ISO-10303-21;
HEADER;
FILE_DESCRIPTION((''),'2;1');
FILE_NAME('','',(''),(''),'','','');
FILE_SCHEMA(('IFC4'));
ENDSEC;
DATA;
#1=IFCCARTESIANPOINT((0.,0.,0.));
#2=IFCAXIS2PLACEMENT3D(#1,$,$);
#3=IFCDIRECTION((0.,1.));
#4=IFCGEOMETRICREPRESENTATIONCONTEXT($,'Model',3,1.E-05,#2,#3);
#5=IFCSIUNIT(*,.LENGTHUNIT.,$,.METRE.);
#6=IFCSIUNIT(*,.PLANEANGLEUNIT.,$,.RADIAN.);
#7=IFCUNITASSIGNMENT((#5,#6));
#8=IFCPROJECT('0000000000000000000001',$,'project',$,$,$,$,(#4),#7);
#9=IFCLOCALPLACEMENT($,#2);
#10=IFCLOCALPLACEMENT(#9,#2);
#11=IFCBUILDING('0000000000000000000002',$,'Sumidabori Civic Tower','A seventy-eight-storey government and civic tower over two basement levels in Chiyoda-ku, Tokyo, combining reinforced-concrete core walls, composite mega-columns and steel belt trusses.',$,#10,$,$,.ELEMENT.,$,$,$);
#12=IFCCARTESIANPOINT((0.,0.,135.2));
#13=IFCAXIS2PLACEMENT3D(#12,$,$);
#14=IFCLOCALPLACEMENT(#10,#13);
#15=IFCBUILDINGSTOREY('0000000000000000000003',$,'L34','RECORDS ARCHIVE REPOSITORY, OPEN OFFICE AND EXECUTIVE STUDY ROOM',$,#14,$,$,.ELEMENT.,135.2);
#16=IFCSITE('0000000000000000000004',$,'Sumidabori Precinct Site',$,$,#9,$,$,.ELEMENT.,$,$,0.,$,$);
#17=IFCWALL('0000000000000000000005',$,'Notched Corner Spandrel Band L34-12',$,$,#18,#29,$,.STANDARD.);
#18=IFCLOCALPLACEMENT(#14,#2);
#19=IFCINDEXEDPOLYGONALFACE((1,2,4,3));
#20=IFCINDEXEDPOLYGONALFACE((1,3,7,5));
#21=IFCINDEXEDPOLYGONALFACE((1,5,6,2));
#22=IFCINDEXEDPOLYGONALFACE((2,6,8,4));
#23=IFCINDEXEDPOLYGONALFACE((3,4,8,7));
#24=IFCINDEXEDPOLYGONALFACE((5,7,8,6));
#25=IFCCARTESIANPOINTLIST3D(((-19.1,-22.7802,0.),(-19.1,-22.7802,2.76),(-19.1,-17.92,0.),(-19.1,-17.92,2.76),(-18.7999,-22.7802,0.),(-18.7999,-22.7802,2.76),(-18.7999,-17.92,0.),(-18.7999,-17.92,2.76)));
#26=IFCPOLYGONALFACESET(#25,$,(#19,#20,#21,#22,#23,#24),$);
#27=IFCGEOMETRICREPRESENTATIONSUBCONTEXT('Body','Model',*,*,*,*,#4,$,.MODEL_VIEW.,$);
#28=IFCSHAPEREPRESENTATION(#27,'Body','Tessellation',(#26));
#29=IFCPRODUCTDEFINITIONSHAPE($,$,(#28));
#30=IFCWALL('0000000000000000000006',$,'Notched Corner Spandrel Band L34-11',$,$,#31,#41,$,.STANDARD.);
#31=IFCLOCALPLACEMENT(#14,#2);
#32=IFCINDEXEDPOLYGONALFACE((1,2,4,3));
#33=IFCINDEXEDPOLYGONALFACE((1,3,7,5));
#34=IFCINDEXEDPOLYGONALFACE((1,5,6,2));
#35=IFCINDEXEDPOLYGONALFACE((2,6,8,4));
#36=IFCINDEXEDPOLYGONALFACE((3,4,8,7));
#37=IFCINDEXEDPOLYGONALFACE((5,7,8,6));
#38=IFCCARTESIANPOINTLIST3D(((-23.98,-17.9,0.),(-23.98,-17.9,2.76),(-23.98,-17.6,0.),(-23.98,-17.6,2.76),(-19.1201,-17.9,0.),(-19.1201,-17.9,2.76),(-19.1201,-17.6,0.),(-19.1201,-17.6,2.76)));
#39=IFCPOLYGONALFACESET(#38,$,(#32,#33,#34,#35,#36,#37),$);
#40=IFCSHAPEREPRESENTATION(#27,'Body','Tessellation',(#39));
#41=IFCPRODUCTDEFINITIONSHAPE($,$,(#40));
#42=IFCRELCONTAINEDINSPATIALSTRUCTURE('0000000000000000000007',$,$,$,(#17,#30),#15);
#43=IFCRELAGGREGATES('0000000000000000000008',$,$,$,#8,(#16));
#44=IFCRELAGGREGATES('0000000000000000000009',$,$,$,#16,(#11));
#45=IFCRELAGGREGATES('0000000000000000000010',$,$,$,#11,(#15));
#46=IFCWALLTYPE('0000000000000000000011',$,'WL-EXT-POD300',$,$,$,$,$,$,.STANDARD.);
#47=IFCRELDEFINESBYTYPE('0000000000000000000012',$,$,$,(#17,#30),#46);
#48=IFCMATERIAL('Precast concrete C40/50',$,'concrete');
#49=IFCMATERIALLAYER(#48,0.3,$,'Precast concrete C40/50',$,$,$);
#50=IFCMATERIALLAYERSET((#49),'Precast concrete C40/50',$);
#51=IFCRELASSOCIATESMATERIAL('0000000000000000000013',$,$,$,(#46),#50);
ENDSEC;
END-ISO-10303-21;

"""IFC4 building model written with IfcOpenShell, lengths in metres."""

from ifc_helpers import new_model, si_unit, direction, frame, frame_2d, origin, place, context, subcontext, project, spatial, rectangle, extrude, source, transform, mapped, material, layer, layer_set, type_object, element, save


model = new_model("IFC4")

# Units and contexts
model_context = context("Model", 3, precision=1e-05, world=origin(), true_north=direction((0.0, 1.0)))
body_context = subcontext(model_context, "Body", "Model", "MODEL_VIEW")
ifc_project = project(units=[si_unit("LENGTHUNIT", "METRE"), si_unit("PLANEANGLEUNIT", "RADIAN")], contexts=[model_context])

# Site, building, storey
site_placement = place(None, origin())
site = spatial("IfcSite", under=ifc_project, at=site_placement, Name="Sumidabori Precinct Site", CompositionType="ELEMENT", RefElevation=0.0)
building_placement = place(site_placement, origin())
building = spatial("IfcBuilding", under=site, at=building_placement, Name="Sumidabori Civic Tower", Description="A seventy-eight-storey government and civic tower over two basement levels in Chiyoda-ku, Tokyo, combining reinforced-concrete core walls, composite mega-columns and steel belt trusses.", CompositionType="ELEMENT")
storey_placement = place(building_placement, frame((0.0, 0.0, 135.2)))
storey = spatial("IfcBuildingStorey", under=building, at=storey_placement, Name="L34", Description="RECORDS ARCHIVE REPOSITORY, OPEN OFFICE AND EXECUTIVE STUDY ROOM", CompositionType="ELEMENT", Elevation=135.2)

# Walls
ifc_material_1 = material(Name="Precast concrete C40/50", Category="concrete")
ifc_layer_1 = layer(ifc_material_1, 0.3, Name="Precast concrete C40/50")
ifc_layer_set_1 = layer_set([ifc_layer_1], Name="Precast concrete C40/50")
wall_type = type_object("IfcWallType", Name="WL-EXT-POD300", PredefinedType="STANDARD", material=ifc_layer_set_1)
shared_shape_1 = source(origin(), body_context, "Body", "SweptSolid", [
    extrude(rectangle(XDim=4.8601, YDim=0.3, at=frame_2d((2.4302, 0.0))), origin(), (0.0, 0.0, 1.0), 2.76),
])
wall_1_placement = place(storey_placement, frame((-18.95, -17.9199, 0.0), z_axis=(0.0, 0.0, 1.0), x_axis=(0.0, -1.0, 0.0)))
element("IfcWall", 1, at=wall_1_placement, inside=storey, type_object=wall_type, Name="Notched Corner Spandrel Band L34-12", PredefinedType="STANDARD", context=body_context, shape_type="MappedRepresentation", body=[
    mapped(shared_shape_1, transform((0.0, 0.0, 0.0), x_axis=(1.0, 0.0, 0.0), y_axis=(0.0, 1.0, 0.0), z_axis=(0.0, 0.0, 1.0), scale=1.0)),
])
shared_shape_2 = source(origin(), body_context, "Body", "SweptSolid", [
    extrude(rectangle(XDim=4.8599, YDim=0.3, at=frame_2d((2.4299, 0.0))), origin(), (0.0, 0.0, 1.0), 2.76),
])
wall_2_placement = place(storey_placement, frame((-23.98, -17.75, 0.0), z_axis=(0.0, 0.0, 1.0), x_axis=(1.0, 0.0, 0.0)))
element("IfcWall", 2, at=wall_2_placement, inside=storey, type_object=wall_type, Name="Notched Corner Spandrel Band L34-11", PredefinedType="STANDARD", context=body_context, shape_type="MappedRepresentation", body=[
    mapped(shared_shape_2, transform((0.0, 0.0, 0.0), x_axis=(1.0, 0.0, 0.0), y_axis=(0.0, 1.0, 0.0), z_axis=(0.0, 0.0, 1.0), scale=1.0)),
])

save(model, "model.ifc")
